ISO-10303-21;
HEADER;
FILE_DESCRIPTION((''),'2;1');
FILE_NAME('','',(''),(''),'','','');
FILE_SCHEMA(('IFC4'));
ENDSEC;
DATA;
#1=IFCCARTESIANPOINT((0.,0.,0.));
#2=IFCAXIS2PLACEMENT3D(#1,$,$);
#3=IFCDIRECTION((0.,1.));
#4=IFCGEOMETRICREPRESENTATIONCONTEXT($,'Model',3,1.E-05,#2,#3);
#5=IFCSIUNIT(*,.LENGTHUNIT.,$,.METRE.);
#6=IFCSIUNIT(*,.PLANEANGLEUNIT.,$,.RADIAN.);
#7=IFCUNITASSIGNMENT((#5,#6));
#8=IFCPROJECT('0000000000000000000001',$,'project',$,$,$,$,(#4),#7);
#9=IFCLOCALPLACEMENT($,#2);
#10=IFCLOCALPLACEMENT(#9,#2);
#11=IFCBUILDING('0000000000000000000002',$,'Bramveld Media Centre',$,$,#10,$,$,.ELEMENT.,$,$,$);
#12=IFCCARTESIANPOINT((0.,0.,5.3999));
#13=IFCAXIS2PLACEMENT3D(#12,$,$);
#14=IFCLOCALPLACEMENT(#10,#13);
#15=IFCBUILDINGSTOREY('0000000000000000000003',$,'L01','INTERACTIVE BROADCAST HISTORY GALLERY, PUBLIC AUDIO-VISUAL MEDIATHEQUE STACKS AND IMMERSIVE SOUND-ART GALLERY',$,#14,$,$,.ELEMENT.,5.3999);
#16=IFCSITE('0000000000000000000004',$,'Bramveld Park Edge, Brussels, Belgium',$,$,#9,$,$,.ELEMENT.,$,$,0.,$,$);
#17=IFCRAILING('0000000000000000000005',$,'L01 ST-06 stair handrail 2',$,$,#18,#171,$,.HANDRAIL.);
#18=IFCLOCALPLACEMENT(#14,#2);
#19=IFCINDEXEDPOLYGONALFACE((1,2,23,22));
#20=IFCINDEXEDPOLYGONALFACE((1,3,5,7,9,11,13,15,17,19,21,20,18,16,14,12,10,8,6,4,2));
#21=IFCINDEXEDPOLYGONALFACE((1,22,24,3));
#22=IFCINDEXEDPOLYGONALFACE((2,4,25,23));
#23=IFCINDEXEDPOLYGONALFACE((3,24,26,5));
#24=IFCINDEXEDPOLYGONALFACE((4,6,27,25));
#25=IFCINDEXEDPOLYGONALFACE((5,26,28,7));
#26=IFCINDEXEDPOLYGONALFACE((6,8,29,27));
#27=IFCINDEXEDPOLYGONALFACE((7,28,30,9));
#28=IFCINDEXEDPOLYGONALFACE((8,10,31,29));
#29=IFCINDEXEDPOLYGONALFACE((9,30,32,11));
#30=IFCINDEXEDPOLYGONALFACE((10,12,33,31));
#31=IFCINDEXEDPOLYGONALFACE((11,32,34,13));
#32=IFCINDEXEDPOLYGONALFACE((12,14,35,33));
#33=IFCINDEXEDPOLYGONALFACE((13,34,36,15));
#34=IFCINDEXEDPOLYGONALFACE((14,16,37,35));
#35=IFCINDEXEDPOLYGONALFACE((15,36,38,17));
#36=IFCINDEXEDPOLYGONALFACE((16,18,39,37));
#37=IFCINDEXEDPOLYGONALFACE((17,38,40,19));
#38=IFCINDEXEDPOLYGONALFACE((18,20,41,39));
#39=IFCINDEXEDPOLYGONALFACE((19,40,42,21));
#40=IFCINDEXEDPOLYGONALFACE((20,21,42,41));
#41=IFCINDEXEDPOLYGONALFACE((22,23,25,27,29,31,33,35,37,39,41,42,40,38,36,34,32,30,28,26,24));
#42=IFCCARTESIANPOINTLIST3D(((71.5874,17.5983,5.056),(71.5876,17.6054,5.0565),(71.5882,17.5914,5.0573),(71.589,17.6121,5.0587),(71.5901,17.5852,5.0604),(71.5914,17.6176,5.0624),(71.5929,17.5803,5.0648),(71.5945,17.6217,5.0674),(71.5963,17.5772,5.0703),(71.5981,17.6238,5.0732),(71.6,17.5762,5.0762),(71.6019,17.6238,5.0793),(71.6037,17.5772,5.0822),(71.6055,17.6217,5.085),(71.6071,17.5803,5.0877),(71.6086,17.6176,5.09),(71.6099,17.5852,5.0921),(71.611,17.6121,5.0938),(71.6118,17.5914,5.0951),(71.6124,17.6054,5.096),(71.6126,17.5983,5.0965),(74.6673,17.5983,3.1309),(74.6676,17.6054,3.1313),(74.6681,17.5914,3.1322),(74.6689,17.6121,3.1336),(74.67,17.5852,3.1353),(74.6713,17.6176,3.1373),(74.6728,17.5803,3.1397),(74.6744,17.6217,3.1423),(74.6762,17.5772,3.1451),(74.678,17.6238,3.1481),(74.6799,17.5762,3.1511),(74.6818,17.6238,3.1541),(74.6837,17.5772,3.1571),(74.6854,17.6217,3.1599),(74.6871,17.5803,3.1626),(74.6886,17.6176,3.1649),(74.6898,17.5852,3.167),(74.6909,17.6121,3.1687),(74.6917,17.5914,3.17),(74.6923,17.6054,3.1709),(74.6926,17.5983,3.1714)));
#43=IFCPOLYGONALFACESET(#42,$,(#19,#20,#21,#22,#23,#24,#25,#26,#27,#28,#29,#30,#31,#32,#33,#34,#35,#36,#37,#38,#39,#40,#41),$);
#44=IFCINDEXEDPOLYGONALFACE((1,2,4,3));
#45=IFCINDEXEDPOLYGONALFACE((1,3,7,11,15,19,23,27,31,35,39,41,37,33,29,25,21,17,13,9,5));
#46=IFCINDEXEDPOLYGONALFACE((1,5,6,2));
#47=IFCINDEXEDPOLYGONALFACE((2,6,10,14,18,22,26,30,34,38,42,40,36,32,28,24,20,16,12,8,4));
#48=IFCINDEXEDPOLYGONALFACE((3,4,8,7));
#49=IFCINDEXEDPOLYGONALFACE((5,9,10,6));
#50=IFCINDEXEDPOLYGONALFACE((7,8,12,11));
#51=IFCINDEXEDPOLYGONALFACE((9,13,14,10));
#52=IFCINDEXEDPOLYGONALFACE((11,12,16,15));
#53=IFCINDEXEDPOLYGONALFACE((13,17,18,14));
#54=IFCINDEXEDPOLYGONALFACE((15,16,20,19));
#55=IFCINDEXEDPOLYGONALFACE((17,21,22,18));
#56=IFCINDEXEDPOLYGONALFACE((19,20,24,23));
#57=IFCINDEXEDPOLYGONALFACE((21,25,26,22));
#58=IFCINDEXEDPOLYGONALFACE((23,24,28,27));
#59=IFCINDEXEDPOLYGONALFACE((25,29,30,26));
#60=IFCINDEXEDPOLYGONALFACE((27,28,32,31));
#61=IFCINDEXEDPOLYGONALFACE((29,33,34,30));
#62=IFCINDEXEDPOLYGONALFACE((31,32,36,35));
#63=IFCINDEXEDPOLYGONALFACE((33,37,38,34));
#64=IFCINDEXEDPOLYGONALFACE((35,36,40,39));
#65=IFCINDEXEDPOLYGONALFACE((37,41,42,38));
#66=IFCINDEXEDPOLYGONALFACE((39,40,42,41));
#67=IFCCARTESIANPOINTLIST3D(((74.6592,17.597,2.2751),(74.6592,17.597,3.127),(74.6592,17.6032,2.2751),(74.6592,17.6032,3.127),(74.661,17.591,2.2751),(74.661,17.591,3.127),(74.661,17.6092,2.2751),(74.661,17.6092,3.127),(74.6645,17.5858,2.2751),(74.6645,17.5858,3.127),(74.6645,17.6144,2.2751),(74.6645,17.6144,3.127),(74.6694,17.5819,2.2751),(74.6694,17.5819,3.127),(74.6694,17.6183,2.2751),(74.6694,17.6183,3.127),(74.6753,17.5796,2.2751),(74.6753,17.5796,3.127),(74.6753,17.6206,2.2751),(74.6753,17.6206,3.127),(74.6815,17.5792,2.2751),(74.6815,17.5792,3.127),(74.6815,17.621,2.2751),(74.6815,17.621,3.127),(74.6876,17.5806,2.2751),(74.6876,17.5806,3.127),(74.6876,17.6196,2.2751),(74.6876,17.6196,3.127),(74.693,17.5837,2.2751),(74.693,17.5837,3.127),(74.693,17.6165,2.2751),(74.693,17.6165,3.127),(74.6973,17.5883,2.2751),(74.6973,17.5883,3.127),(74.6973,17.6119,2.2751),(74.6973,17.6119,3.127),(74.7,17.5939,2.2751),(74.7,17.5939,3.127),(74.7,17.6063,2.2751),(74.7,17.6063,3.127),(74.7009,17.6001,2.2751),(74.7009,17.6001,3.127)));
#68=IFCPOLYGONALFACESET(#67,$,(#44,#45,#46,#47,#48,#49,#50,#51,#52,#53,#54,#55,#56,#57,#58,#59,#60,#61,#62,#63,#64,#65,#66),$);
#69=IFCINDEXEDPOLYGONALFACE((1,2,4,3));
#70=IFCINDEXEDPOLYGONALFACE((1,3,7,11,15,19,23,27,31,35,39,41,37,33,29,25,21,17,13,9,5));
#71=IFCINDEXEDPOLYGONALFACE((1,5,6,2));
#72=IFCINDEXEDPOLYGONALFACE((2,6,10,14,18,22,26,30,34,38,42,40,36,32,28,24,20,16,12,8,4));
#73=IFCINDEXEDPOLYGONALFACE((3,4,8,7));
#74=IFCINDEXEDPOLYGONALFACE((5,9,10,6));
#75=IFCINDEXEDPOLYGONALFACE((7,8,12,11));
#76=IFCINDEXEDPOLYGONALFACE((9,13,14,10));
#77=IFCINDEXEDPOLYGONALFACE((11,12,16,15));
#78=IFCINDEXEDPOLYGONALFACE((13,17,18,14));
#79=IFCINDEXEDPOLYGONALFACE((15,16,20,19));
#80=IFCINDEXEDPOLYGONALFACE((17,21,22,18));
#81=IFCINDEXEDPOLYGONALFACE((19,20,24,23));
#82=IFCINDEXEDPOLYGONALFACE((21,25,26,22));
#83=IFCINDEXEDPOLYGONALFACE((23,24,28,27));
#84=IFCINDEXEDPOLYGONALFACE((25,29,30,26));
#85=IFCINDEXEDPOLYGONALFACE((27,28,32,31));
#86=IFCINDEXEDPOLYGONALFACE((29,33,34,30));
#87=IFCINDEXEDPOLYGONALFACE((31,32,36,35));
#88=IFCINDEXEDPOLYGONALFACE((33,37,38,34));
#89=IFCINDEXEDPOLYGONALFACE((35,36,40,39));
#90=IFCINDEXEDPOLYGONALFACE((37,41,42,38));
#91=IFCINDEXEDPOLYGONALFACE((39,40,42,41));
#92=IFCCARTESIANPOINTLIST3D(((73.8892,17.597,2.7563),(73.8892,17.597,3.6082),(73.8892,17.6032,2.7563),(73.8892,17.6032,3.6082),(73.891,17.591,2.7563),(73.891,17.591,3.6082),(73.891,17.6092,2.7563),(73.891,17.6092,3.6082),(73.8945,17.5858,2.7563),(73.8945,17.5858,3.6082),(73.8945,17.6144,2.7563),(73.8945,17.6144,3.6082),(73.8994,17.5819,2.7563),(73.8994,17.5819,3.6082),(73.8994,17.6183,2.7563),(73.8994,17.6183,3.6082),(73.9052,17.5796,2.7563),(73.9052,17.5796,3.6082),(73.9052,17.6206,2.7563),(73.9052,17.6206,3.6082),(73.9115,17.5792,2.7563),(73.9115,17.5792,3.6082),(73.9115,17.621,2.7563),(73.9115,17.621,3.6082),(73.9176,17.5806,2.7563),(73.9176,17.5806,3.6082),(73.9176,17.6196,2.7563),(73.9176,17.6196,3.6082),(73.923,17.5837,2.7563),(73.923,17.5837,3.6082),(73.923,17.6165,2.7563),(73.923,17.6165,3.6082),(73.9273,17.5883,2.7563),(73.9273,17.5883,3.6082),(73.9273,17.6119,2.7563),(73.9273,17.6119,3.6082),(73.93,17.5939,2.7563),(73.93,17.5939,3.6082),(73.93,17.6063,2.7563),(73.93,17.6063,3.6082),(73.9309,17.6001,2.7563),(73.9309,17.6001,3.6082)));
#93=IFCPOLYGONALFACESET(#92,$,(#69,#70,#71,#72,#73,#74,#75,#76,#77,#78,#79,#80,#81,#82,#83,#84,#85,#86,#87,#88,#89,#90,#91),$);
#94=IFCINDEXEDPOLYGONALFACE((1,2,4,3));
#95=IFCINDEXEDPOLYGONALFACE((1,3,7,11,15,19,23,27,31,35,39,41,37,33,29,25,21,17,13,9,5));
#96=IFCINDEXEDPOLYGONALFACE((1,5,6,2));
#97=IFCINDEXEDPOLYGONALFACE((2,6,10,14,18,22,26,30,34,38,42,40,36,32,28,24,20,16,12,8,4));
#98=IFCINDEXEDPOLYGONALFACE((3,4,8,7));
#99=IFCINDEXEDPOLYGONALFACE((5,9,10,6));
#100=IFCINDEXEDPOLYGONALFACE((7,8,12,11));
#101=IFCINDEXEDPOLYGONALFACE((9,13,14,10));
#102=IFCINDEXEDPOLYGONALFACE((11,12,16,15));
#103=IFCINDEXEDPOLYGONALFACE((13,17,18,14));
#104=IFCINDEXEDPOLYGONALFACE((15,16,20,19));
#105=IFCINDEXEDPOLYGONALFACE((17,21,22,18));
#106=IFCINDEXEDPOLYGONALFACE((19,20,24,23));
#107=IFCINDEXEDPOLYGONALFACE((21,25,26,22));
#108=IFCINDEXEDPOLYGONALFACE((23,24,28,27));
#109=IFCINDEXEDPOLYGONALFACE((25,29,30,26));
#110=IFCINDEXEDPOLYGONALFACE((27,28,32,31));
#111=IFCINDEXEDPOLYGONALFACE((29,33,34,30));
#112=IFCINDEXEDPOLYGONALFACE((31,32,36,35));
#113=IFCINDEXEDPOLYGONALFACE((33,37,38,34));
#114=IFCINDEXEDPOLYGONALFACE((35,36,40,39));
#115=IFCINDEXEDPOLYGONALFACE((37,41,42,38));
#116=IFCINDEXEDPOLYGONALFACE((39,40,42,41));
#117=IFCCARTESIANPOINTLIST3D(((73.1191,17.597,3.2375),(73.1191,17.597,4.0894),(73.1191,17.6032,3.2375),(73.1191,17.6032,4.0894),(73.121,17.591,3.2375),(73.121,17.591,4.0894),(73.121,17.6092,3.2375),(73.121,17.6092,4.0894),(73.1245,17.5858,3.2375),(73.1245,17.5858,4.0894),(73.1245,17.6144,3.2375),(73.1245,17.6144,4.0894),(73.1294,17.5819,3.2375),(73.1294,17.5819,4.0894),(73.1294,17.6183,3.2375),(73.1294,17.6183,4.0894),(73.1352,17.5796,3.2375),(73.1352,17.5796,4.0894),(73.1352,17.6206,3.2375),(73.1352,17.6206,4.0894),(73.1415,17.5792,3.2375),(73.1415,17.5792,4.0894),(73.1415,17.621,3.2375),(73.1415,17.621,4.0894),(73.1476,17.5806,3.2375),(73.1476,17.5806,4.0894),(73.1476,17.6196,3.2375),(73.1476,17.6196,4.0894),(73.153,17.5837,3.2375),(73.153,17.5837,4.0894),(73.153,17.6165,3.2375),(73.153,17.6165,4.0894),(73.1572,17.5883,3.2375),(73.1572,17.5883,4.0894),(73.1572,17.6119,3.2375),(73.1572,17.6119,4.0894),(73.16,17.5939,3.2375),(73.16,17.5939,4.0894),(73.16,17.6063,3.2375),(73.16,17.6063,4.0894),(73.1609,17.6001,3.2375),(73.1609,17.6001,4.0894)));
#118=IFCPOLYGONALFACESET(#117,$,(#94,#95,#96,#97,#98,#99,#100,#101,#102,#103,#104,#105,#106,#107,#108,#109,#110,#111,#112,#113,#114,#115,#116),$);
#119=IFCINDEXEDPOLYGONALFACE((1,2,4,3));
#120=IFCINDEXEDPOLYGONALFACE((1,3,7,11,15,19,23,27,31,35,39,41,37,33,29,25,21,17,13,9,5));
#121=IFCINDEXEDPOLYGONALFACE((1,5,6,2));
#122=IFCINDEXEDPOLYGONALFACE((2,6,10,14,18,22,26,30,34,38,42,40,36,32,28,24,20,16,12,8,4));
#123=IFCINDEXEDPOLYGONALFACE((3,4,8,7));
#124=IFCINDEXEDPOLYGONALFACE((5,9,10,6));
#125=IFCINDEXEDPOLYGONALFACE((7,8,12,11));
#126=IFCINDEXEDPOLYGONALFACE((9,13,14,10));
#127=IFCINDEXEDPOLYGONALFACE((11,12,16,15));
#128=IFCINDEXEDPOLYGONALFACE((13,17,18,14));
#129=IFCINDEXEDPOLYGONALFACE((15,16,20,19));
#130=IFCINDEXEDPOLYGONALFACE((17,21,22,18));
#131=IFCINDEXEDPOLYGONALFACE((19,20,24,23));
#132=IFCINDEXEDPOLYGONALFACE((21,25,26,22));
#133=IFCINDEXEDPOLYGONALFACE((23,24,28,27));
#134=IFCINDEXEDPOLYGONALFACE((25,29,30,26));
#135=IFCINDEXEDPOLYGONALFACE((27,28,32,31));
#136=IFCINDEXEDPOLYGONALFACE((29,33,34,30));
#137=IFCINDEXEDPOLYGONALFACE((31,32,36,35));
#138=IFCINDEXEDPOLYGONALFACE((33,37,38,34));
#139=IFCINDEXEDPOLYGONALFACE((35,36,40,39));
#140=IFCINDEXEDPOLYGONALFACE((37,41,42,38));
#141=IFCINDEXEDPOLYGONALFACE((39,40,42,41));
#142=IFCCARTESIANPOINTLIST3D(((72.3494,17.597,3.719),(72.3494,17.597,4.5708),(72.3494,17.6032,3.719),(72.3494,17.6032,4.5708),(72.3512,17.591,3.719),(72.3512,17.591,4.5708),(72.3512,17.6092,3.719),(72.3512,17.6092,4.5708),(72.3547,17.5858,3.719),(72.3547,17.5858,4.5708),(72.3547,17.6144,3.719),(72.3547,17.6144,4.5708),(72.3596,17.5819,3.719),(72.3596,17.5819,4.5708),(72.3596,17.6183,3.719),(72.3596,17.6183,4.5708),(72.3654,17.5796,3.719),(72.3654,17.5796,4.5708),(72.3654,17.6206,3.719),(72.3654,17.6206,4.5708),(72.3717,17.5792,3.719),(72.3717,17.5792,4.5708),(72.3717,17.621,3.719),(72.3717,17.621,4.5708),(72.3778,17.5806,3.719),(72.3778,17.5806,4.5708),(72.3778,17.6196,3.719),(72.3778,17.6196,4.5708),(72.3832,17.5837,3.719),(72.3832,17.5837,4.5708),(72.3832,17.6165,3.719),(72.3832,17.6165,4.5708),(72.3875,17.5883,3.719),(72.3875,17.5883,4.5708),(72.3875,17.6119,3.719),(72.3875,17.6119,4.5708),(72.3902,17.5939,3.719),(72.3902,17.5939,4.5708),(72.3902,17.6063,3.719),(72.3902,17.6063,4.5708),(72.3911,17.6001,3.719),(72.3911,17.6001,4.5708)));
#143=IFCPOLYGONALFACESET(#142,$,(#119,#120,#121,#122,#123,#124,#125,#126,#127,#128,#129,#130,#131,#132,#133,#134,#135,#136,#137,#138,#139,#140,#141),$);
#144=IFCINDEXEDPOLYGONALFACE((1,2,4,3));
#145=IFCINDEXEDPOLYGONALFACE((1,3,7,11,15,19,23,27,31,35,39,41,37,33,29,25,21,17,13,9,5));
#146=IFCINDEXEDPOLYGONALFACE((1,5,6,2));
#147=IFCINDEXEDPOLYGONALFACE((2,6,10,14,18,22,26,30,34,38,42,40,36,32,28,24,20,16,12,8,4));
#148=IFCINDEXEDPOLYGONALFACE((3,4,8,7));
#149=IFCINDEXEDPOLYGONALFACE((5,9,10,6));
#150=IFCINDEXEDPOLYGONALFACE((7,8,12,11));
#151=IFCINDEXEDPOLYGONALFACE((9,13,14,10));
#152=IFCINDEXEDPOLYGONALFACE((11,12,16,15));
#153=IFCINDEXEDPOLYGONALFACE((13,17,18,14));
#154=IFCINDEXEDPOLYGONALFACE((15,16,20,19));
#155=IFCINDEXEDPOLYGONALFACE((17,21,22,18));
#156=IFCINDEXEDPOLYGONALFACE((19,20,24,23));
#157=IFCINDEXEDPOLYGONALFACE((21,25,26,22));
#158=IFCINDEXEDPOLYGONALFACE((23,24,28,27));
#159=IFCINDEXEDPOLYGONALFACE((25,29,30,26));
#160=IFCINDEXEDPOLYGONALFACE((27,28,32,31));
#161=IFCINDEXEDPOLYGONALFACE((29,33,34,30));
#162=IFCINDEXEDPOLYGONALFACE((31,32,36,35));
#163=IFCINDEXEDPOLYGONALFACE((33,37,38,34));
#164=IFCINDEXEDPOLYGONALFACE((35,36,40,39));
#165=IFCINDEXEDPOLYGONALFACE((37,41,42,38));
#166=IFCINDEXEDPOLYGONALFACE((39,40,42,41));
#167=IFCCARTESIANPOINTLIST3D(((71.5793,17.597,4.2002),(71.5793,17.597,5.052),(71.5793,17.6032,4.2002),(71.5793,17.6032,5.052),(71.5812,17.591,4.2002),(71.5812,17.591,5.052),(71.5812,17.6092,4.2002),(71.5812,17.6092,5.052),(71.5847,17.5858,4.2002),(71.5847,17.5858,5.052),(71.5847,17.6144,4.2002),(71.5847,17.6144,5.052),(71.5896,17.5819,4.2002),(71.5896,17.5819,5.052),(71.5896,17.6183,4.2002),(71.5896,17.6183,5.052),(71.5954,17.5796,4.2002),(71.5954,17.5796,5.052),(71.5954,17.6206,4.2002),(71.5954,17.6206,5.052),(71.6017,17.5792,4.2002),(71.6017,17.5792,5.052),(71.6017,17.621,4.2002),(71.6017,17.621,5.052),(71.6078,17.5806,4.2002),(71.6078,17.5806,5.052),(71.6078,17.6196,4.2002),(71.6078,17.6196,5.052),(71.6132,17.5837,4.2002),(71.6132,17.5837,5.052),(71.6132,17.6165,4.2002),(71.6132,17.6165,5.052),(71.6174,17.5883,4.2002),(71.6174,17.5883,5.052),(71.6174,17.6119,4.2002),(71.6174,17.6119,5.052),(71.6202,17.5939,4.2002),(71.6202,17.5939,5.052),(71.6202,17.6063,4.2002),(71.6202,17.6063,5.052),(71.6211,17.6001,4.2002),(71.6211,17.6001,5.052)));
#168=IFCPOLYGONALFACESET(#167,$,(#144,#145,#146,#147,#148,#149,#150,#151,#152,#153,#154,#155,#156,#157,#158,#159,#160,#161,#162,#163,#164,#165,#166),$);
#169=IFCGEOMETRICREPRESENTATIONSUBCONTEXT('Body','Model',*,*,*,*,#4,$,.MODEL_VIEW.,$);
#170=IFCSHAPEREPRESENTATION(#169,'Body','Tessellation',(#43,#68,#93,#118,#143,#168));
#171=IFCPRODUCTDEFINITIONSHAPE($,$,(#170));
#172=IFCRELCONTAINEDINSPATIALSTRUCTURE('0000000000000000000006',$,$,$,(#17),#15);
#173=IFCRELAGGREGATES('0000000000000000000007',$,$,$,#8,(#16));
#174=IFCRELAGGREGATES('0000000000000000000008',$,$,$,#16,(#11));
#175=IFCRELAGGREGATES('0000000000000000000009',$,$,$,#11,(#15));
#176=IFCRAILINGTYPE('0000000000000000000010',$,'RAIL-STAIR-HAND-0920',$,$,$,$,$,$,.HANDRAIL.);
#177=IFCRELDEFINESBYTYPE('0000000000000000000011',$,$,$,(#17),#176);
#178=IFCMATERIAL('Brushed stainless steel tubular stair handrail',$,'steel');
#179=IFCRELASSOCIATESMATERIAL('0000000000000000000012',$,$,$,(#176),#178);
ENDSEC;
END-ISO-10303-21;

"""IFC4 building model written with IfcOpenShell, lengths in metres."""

from ifc_helpers import new_model, si_unit, direction, frame, origin, origin_2d, place, context, subcontext, project, spatial, circle, extrude, material, type_object, element, save


model = new_model("IFC4")

# Units and contexts
model_context = context("Model", 3, precision=1e-05, world=origin(), true_north=direction((0.0, 1.0)))
body_context = subcontext(model_context, "Body", "Model", "MODEL_VIEW")
ifc_project = project(units=[si_unit("LENGTHUNIT", "METRE"), si_unit("PLANEANGLEUNIT", "RADIAN")], contexts=[model_context])

# Site, building, storey
site_placement = place(None, origin())
site = spatial("IfcSite", under=ifc_project, at=site_placement, Name="Bramveld Park Edge, Brussels, Belgium", CompositionType="ELEMENT", RefElevation=0.0)
building_placement = place(site_placement, origin())
building = spatial("IfcBuilding", under=site, at=building_placement, Name="Bramveld Media Centre", CompositionType="ELEMENT")
storey_placement = place(building_placement, frame((0.0, 0.0, 5.3999)))
storey = spatial("IfcBuildingStorey", under=building, at=storey_placement, Name="L01", Description="INTERACTIVE BROADCAST HISTORY GALLERY, PUBLIC AUDIO-VISUAL MEDIATHEQUE STACKS AND IMMERSIVE SOUND-ART GALLERY", CompositionType="ELEMENT", Elevation=5.3999)

# Railing
ifc_material_1 = material(Name="Brushed stainless steel tubular stair handrail", Category="steel")
railing_type_1 = type_object("IfcRailingType", Name="RAIL-STAIR-HAND-0920", PredefinedType="HANDRAIL", material=ifc_material_1)
railing_1_placement = place(storey_placement, frame((74.6799, 17.6001, 2.2751)))
element("IfcRailing", 1, at=railing_1_placement, inside=storey, type_object=railing_type_1, Name="L01 ST-06 stair handrail 2", PredefinedType="HANDRAIL", context=body_context, shape_type="SweptSolid", body=[
    extrude(circle(Radius=0.0239, at=origin_2d()), frame((0.0, 0.0, 0.876), z_axis=(-0.847979, 0.0, 0.530029), x_axis=(0.0, -1.0, 0.0)), (0.0, 0.0, 1.0), 3.6321),
    extrude(circle(Radius=0.021, at=origin_2d()), origin(), (0.0, 0.0, 1.0), 0.8518),
    extrude(circle(Radius=0.021, at=origin_2d()), frame((-0.77, 0.0, 0.4812)), (0.0, 0.0, 1.0), 0.8518),
    extrude(circle(Radius=0.021, at=origin_2d()), frame((-1.54, 0.0, 0.9624)), (0.0, 0.0, 1.0), 0.8518),
    extrude(circle(Radius=0.021, at=origin_2d()), frame((-2.3098, 0.0, 1.4438)), (0.0, 0.0, 1.0), 0.8518),
    extrude(circle(Radius=0.021, at=origin_2d()), frame((-3.0798, 0.0, 1.925)), (0.0, 0.0, 1.0), 0.8518),
])

save(model, "model.ifc")
